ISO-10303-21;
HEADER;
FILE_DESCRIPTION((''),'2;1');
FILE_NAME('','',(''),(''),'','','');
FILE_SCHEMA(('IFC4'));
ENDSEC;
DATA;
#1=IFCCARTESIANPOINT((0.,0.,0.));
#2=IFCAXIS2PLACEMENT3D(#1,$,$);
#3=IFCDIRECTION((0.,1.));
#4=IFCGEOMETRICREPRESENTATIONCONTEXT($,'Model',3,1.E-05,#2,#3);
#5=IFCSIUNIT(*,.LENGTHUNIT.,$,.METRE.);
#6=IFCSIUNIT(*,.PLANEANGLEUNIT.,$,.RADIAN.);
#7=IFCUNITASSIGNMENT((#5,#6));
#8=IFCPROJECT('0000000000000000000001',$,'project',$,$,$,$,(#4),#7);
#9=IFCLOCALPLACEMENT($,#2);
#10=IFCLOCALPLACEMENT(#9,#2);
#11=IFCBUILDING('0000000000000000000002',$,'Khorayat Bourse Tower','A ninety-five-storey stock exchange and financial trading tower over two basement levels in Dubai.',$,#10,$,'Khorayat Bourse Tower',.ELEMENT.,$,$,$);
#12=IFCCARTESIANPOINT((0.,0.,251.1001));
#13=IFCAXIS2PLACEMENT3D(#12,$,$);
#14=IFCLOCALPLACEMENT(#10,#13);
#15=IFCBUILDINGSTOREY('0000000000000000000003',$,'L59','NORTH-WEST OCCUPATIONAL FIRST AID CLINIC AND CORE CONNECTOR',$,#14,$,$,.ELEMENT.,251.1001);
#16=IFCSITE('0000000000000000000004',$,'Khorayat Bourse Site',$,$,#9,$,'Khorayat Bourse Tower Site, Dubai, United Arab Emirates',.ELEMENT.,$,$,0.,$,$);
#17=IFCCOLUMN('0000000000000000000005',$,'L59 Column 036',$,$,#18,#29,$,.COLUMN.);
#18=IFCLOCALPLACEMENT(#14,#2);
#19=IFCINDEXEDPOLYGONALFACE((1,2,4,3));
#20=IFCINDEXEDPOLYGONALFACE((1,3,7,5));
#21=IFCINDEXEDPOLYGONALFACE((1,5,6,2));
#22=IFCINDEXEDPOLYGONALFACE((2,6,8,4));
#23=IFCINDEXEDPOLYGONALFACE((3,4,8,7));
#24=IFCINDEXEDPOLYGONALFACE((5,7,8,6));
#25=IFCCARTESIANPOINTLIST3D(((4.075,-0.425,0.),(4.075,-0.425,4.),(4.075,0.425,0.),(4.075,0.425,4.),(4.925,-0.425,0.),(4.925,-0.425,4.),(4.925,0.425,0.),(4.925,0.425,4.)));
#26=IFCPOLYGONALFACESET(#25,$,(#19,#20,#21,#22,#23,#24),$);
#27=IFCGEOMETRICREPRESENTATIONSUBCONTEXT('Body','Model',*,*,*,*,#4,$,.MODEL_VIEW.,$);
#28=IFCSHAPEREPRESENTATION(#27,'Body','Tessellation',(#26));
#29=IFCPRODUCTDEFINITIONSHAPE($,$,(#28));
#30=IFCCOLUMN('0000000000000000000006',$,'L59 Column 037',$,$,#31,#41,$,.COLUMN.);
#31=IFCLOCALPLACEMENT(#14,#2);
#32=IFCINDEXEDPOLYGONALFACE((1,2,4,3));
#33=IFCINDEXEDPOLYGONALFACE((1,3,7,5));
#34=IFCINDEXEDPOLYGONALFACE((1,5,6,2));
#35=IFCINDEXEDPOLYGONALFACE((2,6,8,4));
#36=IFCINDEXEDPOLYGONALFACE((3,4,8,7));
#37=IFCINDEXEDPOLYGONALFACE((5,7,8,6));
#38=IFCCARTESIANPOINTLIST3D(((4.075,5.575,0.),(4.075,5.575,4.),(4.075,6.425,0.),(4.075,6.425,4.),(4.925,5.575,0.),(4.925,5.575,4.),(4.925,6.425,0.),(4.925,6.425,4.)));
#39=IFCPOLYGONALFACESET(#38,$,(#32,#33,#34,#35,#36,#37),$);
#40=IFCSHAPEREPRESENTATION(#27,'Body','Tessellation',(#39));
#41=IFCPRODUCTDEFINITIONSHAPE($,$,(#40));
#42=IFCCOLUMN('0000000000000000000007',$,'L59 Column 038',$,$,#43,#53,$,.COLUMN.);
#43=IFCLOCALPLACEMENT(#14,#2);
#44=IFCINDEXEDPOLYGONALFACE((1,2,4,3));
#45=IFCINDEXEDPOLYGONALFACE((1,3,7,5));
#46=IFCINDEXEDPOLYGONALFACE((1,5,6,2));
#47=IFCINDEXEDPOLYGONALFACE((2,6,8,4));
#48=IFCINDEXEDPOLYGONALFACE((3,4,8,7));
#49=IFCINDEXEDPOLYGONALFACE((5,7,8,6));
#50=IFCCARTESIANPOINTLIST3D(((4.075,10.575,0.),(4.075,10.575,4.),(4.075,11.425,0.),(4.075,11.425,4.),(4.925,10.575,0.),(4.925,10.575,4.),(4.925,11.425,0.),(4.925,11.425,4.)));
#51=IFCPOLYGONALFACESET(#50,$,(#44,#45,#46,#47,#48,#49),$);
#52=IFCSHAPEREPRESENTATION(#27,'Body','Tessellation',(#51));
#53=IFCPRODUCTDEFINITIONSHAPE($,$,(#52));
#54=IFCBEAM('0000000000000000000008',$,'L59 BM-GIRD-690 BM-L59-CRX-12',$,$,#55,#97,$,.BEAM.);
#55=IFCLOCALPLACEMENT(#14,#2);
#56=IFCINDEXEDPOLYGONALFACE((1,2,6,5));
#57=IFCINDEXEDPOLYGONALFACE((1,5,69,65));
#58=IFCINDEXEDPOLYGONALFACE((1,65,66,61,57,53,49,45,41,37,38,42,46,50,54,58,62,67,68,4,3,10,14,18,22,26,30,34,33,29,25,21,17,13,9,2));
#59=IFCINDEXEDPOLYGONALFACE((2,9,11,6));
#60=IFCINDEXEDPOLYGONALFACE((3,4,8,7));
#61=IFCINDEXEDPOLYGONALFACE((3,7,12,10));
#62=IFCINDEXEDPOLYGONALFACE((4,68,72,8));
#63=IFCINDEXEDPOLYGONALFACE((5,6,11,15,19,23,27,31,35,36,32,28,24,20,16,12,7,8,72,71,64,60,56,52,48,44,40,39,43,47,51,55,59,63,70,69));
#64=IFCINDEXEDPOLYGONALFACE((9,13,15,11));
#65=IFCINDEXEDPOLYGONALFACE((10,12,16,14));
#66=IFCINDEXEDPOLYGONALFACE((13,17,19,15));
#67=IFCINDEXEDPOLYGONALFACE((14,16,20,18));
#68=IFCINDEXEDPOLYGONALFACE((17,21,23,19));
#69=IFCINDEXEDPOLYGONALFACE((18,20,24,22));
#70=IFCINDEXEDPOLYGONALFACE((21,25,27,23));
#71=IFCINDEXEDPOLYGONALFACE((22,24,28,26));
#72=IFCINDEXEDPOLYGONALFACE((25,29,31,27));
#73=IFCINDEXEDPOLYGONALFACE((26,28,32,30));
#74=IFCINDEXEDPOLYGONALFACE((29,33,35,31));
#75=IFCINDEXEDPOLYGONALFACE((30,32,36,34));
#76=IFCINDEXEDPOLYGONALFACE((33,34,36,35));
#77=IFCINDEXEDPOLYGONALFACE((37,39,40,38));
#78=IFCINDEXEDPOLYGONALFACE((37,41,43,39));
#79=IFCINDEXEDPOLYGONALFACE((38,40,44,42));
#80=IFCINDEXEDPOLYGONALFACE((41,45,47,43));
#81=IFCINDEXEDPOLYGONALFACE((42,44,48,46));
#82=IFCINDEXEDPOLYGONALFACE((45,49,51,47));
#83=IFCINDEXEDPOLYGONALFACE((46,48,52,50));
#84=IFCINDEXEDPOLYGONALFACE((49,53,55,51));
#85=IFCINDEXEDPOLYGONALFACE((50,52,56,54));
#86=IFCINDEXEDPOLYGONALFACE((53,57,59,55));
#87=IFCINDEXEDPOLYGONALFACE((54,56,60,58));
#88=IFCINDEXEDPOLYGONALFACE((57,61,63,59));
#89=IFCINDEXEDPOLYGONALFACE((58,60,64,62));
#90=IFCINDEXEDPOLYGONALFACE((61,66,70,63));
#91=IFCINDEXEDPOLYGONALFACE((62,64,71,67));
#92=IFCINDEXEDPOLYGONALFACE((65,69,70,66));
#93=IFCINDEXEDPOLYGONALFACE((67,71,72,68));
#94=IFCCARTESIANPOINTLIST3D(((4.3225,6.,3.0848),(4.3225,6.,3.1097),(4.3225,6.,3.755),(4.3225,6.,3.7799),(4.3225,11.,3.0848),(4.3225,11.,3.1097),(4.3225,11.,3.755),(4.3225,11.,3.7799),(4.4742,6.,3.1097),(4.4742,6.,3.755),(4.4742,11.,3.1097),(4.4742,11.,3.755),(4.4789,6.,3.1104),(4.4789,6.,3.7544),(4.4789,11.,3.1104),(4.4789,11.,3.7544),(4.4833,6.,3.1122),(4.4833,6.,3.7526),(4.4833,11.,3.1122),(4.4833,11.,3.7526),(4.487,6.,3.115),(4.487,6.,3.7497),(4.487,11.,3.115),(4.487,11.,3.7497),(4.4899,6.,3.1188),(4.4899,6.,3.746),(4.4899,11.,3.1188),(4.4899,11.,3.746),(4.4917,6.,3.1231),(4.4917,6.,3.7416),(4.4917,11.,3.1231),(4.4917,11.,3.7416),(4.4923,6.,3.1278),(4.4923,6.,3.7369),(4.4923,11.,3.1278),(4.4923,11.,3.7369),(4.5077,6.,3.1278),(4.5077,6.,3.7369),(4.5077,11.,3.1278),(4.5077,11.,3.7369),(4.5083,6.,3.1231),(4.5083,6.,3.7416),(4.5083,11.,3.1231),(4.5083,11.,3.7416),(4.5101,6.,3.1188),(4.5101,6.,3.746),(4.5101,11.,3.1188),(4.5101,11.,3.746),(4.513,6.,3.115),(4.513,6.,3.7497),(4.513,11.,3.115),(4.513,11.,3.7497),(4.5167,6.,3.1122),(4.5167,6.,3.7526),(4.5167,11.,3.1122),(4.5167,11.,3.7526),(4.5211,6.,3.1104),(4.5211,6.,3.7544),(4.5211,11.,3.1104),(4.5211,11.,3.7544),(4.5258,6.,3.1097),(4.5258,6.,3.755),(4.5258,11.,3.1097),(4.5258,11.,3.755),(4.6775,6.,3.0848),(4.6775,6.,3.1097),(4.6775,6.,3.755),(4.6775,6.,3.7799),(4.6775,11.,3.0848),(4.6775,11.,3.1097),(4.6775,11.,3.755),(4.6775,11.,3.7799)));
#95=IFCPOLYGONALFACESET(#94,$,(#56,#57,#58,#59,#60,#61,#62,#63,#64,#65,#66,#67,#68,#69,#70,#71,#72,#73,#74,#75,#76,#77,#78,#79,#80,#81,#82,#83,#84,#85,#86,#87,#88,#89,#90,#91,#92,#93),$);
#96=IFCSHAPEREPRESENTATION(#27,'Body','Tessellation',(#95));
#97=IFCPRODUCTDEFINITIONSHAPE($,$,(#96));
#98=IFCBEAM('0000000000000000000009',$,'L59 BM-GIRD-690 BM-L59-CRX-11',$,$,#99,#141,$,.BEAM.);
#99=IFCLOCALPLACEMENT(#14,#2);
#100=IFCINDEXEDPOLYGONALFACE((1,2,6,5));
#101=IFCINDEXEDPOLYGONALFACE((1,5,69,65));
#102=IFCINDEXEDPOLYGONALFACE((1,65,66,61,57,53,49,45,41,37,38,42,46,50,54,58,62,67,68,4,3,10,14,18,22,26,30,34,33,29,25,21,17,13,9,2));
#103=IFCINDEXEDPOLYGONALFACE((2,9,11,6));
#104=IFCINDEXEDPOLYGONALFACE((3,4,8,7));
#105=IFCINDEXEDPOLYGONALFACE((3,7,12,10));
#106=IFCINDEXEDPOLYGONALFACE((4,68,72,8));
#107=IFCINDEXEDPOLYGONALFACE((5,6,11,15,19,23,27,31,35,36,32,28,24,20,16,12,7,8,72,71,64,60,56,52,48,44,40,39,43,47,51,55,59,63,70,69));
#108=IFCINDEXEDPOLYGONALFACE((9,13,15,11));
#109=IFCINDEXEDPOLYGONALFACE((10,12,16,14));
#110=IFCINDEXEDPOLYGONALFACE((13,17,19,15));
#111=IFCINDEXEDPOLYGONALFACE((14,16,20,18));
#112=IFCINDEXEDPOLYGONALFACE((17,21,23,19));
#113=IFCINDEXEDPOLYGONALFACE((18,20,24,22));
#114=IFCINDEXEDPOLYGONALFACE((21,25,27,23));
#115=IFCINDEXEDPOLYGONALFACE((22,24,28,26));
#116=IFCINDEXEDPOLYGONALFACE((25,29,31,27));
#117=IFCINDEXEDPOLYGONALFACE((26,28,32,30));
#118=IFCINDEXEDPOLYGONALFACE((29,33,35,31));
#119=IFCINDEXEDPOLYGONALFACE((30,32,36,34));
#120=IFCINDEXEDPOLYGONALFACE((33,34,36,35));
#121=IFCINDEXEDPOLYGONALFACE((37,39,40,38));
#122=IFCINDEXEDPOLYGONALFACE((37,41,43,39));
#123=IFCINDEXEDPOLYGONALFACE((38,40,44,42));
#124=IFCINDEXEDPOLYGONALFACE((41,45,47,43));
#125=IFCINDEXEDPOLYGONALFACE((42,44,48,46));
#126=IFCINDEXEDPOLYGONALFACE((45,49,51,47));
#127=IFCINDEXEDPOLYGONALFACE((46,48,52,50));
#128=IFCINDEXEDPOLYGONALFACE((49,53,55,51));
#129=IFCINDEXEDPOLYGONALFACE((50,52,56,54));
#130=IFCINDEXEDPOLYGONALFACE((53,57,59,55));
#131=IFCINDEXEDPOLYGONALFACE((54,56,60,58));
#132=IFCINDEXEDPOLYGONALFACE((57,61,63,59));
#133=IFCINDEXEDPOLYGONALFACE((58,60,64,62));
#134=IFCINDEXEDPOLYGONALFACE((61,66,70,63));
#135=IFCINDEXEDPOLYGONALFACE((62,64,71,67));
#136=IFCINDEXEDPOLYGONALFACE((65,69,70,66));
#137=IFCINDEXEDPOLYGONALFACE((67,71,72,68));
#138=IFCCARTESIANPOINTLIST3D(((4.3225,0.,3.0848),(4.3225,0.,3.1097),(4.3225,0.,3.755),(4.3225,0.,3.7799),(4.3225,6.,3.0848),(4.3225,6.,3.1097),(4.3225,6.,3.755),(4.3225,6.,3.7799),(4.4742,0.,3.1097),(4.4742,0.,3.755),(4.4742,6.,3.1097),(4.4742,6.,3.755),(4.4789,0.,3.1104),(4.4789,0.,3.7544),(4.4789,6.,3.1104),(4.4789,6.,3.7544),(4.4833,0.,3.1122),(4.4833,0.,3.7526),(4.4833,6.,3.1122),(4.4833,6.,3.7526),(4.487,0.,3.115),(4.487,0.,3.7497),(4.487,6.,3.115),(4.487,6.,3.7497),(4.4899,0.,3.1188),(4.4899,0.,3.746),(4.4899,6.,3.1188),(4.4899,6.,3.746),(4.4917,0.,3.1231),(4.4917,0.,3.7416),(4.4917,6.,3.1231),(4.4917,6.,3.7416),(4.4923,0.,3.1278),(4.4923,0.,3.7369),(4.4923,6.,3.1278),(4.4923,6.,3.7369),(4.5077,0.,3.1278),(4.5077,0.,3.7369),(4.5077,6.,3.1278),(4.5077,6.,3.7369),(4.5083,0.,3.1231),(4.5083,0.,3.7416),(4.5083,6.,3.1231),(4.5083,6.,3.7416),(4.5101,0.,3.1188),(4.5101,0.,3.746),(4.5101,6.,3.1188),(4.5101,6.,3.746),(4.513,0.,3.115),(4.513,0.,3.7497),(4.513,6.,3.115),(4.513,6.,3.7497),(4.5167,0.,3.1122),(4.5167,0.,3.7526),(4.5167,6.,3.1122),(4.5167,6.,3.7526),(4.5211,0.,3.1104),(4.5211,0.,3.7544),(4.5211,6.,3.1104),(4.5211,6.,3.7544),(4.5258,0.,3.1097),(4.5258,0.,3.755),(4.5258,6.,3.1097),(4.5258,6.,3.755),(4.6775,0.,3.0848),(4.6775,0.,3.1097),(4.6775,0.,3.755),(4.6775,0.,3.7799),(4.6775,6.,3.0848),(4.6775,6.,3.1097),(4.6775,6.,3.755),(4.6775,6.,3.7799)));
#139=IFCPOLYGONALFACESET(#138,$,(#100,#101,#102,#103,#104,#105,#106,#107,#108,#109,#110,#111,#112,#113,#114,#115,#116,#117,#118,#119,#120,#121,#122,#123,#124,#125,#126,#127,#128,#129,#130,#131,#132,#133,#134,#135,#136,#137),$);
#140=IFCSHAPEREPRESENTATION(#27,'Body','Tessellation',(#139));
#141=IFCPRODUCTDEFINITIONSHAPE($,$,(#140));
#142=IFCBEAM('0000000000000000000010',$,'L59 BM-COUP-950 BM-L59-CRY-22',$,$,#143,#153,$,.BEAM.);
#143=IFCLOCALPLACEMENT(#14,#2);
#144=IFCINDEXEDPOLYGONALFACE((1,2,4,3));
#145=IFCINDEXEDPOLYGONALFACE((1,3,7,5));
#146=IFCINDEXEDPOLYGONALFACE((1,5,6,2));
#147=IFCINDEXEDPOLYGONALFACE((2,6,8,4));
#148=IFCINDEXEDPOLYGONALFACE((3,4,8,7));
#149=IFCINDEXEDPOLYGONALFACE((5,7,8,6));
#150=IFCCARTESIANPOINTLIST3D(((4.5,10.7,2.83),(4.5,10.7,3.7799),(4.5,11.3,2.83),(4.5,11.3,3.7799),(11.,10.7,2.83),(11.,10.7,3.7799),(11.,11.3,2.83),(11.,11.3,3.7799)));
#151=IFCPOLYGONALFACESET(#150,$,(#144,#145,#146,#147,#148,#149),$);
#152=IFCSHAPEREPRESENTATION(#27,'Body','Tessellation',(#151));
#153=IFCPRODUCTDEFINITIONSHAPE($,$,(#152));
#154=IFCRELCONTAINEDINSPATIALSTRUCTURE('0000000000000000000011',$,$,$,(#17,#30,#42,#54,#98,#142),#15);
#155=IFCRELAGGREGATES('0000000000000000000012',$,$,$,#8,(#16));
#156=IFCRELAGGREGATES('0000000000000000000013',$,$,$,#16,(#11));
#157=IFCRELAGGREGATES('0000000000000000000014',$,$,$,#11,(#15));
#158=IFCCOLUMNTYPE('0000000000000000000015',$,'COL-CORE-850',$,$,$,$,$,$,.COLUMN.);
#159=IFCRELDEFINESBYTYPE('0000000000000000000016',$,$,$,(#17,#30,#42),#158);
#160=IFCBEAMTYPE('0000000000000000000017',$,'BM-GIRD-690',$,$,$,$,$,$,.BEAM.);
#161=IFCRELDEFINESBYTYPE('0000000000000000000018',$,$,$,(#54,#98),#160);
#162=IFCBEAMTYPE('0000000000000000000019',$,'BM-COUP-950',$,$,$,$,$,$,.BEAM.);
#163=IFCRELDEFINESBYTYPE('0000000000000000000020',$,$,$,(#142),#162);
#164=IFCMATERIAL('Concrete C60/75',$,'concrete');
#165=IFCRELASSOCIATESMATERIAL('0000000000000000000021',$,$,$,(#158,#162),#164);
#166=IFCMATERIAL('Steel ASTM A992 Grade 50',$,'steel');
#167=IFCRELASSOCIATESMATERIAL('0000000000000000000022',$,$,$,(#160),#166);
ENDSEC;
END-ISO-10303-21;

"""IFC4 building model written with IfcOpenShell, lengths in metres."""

from ifc_helpers import new_model, si_unit, direction, frame, origin, origin_2d, place, context, subcontext, project, spatial, rectangle, i_section, extrude, source, transform, mapped, material, material_profile, profile_set, type_object, element, save


model = new_model("IFC4")

# Units and contexts
model_context = context("Model", 3, precision=1e-05, world=origin(), true_north=direction((0.0, 1.0)))
body_context = subcontext(model_context, "Body", "Model", "MODEL_VIEW")
ifc_project = project(units=[si_unit("LENGTHUNIT", "METRE"), si_unit("PLANEANGLEUNIT", "RADIAN")], contexts=[model_context])

# Site, building, storey
site_placement = place(None, origin())
site = spatial("IfcSite", under=ifc_project, at=site_placement, Name="Khorayat Bourse Site", LongName="Khorayat Bourse Tower Site, Dubai, United Arab Emirates", CompositionType="ELEMENT", RefElevation=0.0)
building_placement = place(site_placement, origin())
building = spatial("IfcBuilding", under=site, at=building_placement, Name="Khorayat Bourse Tower", Description="A ninety-five-storey stock exchange and financial trading tower over two basement levels in Dubai.", LongName="Khorayat Bourse Tower", CompositionType="ELEMENT")
storey_placement = place(building_placement, frame((0.0, 0.0, 251.1001)))
storey = spatial("IfcBuildingStorey", under=building, at=storey_placement, Name="L59", Description="NORTH-WEST OCCUPATIONAL FIRST AID CLINIC AND CORE CONNECTOR", CompositionType="ELEMENT", Elevation=251.1001)

# Columns
ifc_material_1 = material(Name="Concrete C60/75", Category="concrete")
ifc_material_profile_1 = material_profile(ifc_material_1, rectangle(XDim=0.8501, YDim=0.8501, at=origin_2d()), Name="RC 850x850")
ifc_profile_set_1 = profile_set([ifc_material_profile_1], Name="Concrete C60/75")
column_type = type_object("IfcColumnType", Name="COL-CORE-850", PredefinedType="COLUMN", material=ifc_profile_set_1)
shared_shape_1 = source(origin(), body_context, "Body", "SweptSolid", [
    extrude(rectangle(XDim=0.8501, YDim=0.8501, at=origin_2d()), origin(), (0.0, 0.0, 1.0), 4.0),
])
for number, where, z_axis, x_axis, name in (
    (1, (4.5, 0.0, 0.0), (0.0, 0.0, 1.0), (1.0, 0.0, 0.0), "L59 Column 036"),
    (2, (4.5, 6.0, 0.0), (0.0, 0.0, 1.0), (1.0, 0.0, 0.0), "L59 Column 037"),
    (3, (4.5, 11.0, 0.0), (0.0, 0.0, 1.0), (1.0, 0.0, 0.0), "L59 Column 038"),
):
    element("IfcColumn", number, at=place(storey_placement, frame(where, z_axis=z_axis, x_axis=x_axis)), inside=storey, type_object=column_type, Name=name, PredefinedType="COLUMN", context=body_context, shape_type="MappedRepresentation", body=[
        mapped(shared_shape_1, transform((0.0, 0.0, 0.0), scale=1.0)),
    ])

# Beams
ifc_material_2 = material(Name="Steel ASTM A992 Grade 50", Category="steel")
ifc_material_profile_2 = material_profile(ifc_material_2, i_section(OverallWidth=0.355, OverallDepth=0.6951, WebThickness=0.0154, FlangeThickness=0.0249, FilletRadius=0.0181, at=origin_2d()), Name="W690X217")
ifc_profile_set_2 = profile_set([ifc_material_profile_2], Name="Steel ASTM A992 Grade 50")
beam_type_1 = type_object("IfcBeamType", Name="BM-GIRD-690", PredefinedType="BEAM", material=ifc_profile_set_2)
shared_shape_2 = source(origin(), body_context, "Body", "SweptSolid", [
    extrude(i_section(OverallWidth=0.355, OverallDepth=0.6951, WebThickness=0.0154, FlangeThickness=0.0249, FilletRadius=0.0181, at=origin_2d()), origin(), (0.0, 0.0, 1.0), 5.0),
])
beam_1_placement = place(storey_placement, frame((4.5, 6.0, 3.4324), z_axis=(0.0, 1.0, 0.0), x_axis=(-1.0, 0.0, 0.0)))
element("IfcBeam", 4, at=beam_1_placement, inside=storey, type_object=beam_type_1, Name="L59 BM-GIRD-690 BM-L59-CRX-12", PredefinedType="BEAM", context=body_context, shape_type="MappedRepresentation", body=[
    mapped(shared_shape_2, transform((0.0, 0.0, 0.0), scale=1.0)),
])
shared_shape_3 = source(origin(), body_context, "Body", "SweptSolid", [
    extrude(i_section(OverallWidth=0.355, OverallDepth=0.6951, WebThickness=0.0154, FlangeThickness=0.0249, FilletRadius=0.0181, at=origin_2d()), origin(), (0.0, 0.0, 1.0), 6.0),
])
beam_2_placement = place(storey_placement, frame((4.5, 0.0, 3.4324), z_axis=(0.0, 1.0, 0.0), x_axis=(-1.0, 0.0, 0.0)))
element("IfcBeam", 5, at=beam_2_placement, inside=storey, type_object=beam_type_1, Name="L59 BM-GIRD-690 BM-L59-CRX-11", PredefinedType="BEAM", context=body_context, shape_type="MappedRepresentation", body=[
    mapped(shared_shape_3, transform((0.0, 0.0, 0.0), scale=1.0)),
])
ifc_material_profile_3 = material_profile(ifc_material_1, rectangle(XDim=0.6001, YDim=0.95, at=origin_2d()), Name="RC 600x950")
ifc_profile_set_3 = profile_set([ifc_material_profile_3], Name="Concrete C60/75")
beam_type_2 = type_object("IfcBeamType", Name="BM-COUP-950", PredefinedType="BEAM", material=ifc_profile_set_3)
shared_shape_4 = source(origin(), body_context, "Body", "SweptSolid", [
    extrude(rectangle(XDim=0.6001, YDim=0.95, at=origin_2d()), origin(), (0.0, 0.0, 1.0), 6.5),
])
beam_3_placement = place(storey_placement, frame((4.5, 11.0, 3.3049), z_axis=(1.0, 0.0, 0.0), x_axis=(0.0, 1.0, 0.0)))
element("IfcBeam", 6, at=beam_3_placement, inside=storey, type_object=beam_type_2, Name="L59 BM-COUP-950 BM-L59-CRY-22", PredefinedType="BEAM", context=body_context, shape_type="MappedRepresentation", body=[
    mapped(shared_shape_4, transform((0.0, 0.0, 0.0), scale=1.0)),
])

save(model, "model.ifc")
